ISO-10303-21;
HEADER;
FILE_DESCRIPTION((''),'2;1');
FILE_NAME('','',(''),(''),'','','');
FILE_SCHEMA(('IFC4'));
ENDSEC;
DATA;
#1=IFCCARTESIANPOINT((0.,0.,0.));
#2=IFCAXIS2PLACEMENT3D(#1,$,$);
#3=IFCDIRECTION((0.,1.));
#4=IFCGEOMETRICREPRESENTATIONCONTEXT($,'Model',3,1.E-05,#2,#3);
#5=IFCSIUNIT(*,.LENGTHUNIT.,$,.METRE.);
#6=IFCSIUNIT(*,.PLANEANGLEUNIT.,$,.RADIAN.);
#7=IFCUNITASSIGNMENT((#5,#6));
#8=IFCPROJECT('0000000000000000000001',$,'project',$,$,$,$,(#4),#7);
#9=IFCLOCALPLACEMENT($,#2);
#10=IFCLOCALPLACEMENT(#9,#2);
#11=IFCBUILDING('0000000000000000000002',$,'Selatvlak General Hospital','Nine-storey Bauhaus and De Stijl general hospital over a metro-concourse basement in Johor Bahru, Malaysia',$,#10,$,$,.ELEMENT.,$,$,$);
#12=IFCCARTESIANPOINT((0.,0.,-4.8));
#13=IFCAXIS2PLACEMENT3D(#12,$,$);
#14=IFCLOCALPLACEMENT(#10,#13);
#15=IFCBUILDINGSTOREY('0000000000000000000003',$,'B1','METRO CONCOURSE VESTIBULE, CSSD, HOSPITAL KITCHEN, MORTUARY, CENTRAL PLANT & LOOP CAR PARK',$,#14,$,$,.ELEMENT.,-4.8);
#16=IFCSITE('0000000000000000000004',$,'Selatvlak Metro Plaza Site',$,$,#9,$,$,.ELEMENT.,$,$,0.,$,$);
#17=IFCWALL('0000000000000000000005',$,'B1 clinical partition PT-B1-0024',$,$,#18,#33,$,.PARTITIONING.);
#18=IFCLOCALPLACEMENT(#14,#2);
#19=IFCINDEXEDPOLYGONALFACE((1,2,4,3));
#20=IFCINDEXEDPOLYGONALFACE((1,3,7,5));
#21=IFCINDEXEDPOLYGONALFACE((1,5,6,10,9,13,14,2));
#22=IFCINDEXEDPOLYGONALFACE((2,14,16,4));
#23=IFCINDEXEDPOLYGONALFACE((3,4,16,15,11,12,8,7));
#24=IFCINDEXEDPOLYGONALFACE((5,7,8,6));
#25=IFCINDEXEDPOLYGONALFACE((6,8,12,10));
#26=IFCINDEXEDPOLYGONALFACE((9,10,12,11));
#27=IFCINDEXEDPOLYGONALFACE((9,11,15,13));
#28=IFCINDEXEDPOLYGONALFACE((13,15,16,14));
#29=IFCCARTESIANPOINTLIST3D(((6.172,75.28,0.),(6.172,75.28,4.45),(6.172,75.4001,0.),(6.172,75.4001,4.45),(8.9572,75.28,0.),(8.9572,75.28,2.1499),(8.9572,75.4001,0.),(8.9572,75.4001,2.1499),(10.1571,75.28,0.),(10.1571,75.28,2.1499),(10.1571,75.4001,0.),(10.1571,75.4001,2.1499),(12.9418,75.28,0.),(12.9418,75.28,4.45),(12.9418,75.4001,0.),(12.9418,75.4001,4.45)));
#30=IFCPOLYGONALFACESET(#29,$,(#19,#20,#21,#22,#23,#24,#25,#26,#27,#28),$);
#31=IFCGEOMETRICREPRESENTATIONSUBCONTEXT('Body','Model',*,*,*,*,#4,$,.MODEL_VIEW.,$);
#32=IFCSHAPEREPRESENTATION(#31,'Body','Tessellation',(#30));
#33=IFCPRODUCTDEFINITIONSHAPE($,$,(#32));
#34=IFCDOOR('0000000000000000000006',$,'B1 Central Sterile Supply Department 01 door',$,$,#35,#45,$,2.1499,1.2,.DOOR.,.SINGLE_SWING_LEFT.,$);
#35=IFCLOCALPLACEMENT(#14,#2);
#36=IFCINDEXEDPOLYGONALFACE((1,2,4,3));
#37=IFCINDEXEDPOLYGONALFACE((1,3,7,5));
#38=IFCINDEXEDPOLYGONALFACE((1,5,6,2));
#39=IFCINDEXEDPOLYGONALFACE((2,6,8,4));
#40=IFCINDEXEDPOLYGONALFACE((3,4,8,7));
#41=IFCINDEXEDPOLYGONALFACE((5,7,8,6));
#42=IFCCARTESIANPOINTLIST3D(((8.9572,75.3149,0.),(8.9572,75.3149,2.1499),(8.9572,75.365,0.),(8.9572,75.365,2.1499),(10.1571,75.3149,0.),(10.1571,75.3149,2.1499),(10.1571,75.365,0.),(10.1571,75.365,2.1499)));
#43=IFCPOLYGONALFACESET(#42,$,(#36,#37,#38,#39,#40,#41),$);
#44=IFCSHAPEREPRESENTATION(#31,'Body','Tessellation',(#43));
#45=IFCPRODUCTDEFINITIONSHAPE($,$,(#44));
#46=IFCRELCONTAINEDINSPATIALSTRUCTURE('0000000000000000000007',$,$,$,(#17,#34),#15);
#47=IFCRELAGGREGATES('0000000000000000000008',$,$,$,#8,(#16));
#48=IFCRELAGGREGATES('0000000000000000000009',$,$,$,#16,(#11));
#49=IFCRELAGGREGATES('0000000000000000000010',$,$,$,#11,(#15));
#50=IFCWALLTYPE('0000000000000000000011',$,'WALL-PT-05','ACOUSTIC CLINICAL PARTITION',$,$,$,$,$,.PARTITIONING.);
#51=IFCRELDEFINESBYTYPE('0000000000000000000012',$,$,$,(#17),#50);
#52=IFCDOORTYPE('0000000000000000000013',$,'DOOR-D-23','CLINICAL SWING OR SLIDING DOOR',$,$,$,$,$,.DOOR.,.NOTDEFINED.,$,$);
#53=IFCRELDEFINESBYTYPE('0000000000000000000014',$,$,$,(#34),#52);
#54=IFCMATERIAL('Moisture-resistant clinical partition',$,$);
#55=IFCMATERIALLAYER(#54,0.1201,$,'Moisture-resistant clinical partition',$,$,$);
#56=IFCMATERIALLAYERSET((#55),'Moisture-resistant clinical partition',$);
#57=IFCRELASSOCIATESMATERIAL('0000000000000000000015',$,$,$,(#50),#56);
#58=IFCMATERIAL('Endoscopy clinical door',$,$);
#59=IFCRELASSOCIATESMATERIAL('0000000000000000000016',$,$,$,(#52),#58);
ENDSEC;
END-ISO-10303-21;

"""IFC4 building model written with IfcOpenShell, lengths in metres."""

from ifc_helpers import new_model, si_unit, direction, frame, frame_2d, origin, place, context, subcontext, project, spatial, rectangle, extrude, material, layer, layer_set, type_object, element, fill, save


model = new_model("IFC4")

# Units and contexts
model_context = context("Model", 3, precision=1e-05, world=origin(), true_north=direction((0.0, 1.0)))
body_context = subcontext(model_context, "Body", "Model", "MODEL_VIEW")
ifc_project = project(units=[si_unit("LENGTHUNIT", "METRE"), si_unit("PLANEANGLEUNIT", "RADIAN")], contexts=[model_context])

# Site, building, storey
site_placement = place(None, origin())
site = spatial("IfcSite", under=ifc_project, at=site_placement, Name="Selatvlak Metro Plaza Site", CompositionType="ELEMENT", RefElevation=0.0)
building_placement = place(site_placement, origin())
building = spatial("IfcBuilding", under=site, at=building_placement, Name="Selatvlak General Hospital", Description="Nine-storey Bauhaus and De Stijl general hospital over a metro-concourse basement in Johor Bahru, Malaysia", CompositionType="ELEMENT")
storey_placement = place(building_placement, frame((0.0, 0.0, -4.8)))
storey = spatial("IfcBuildingStorey", under=building, at=storey_placement, Name="B1", Description="METRO CONCOURSE VESTIBULE, CSSD, HOSPITAL KITCHEN, MORTUARY, CENTRAL PLANT & LOOP CAR PARK", CompositionType="ELEMENT", Elevation=-4.8)

# Wall, opening, door
ifc_material_1 = material(Name="Moisture-resistant clinical partition")
ifc_layer_1 = layer(ifc_material_1, 0.1201, Name="Moisture-resistant clinical partition")
ifc_layer_set_1 = layer_set([ifc_layer_1], Name="Moisture-resistant clinical partition")
wall_type_1 = type_object("IfcWallType", Name="WALL-PT-05", Description="ACOUSTIC CLINICAL PARTITION", PredefinedType="PARTITIONING", material=ifc_layer_set_1)
wall_1_placement = place(storey_placement, frame((6.1721, 75.3401, 0.0), z_axis=(0.0, 0.0, 1.0), x_axis=(1.0, 0.0, 0.0)))
wall_1 = element("IfcWall", 1, at=wall_1_placement, inside=storey, type_object=wall_type_1, Name="B1 clinical partition PT-B1-0024", PredefinedType="PARTITIONING", context=body_context, shape_type="SweptSolid", body=[
    extrude(rectangle(XDim=6.7698, YDim=0.1201, at=frame_2d((3.3848, 0.0))), origin(), (0.0, 0.0, 1.0), 4.45),
])
opening_placement = place(wall_1_placement, frame((2.7849, 0.0, 0.0)))
opening = element("IfcOpeningElement", 2, at=opening_placement, cuts=wall_1, PredefinedType="OPENING", context=body_context, shape_type="SweptSolid", body=[
    extrude(rectangle(XDim=1.2, YDim=2.1499, at=frame_2d((0.6001, 1.075))), frame((0.0, 0.0701, 0.0), z_axis=(0.0, -1.0, 0.0), x_axis=(1.0, 0.0, 0.0)), (0.0, 0.0, 1.0), 0.1401),
])
ifc_material_2 = material(Name="Endoscopy clinical door")
door_type = type_object("IfcDoorType", Name="DOOR-D-23", Description="CLINICAL SWING OR SLIDING DOOR", OperationType="NOTDEFINED", PredefinedType="DOOR", material=ifc_material_2)
door_placement = place(opening_placement, origin())
door = element("IfcDoor", 3, at=door_placement, inside=storey, type_object=door_type, Name="B1 Central Sterile Supply Department 01 door", OperationType="SINGLE_SWING_LEFT", OverallHeight=2.1499, OverallWidth=1.2, PredefinedType="DOOR", context=body_context, shape_type="SweptSolid", body=[
    extrude(rectangle(XDim=1.2, YDim=2.1499, at=frame_2d((0.6001, 1.075))), frame((0.0, 0.0249, 0.0), z_axis=(0.0, -1.0, 0.0), x_axis=(1.0, 0.0, 0.0)), (0.0, 0.0, 1.0), 0.05),
])
fill(opening, door)

save(model, "model.ifc")
